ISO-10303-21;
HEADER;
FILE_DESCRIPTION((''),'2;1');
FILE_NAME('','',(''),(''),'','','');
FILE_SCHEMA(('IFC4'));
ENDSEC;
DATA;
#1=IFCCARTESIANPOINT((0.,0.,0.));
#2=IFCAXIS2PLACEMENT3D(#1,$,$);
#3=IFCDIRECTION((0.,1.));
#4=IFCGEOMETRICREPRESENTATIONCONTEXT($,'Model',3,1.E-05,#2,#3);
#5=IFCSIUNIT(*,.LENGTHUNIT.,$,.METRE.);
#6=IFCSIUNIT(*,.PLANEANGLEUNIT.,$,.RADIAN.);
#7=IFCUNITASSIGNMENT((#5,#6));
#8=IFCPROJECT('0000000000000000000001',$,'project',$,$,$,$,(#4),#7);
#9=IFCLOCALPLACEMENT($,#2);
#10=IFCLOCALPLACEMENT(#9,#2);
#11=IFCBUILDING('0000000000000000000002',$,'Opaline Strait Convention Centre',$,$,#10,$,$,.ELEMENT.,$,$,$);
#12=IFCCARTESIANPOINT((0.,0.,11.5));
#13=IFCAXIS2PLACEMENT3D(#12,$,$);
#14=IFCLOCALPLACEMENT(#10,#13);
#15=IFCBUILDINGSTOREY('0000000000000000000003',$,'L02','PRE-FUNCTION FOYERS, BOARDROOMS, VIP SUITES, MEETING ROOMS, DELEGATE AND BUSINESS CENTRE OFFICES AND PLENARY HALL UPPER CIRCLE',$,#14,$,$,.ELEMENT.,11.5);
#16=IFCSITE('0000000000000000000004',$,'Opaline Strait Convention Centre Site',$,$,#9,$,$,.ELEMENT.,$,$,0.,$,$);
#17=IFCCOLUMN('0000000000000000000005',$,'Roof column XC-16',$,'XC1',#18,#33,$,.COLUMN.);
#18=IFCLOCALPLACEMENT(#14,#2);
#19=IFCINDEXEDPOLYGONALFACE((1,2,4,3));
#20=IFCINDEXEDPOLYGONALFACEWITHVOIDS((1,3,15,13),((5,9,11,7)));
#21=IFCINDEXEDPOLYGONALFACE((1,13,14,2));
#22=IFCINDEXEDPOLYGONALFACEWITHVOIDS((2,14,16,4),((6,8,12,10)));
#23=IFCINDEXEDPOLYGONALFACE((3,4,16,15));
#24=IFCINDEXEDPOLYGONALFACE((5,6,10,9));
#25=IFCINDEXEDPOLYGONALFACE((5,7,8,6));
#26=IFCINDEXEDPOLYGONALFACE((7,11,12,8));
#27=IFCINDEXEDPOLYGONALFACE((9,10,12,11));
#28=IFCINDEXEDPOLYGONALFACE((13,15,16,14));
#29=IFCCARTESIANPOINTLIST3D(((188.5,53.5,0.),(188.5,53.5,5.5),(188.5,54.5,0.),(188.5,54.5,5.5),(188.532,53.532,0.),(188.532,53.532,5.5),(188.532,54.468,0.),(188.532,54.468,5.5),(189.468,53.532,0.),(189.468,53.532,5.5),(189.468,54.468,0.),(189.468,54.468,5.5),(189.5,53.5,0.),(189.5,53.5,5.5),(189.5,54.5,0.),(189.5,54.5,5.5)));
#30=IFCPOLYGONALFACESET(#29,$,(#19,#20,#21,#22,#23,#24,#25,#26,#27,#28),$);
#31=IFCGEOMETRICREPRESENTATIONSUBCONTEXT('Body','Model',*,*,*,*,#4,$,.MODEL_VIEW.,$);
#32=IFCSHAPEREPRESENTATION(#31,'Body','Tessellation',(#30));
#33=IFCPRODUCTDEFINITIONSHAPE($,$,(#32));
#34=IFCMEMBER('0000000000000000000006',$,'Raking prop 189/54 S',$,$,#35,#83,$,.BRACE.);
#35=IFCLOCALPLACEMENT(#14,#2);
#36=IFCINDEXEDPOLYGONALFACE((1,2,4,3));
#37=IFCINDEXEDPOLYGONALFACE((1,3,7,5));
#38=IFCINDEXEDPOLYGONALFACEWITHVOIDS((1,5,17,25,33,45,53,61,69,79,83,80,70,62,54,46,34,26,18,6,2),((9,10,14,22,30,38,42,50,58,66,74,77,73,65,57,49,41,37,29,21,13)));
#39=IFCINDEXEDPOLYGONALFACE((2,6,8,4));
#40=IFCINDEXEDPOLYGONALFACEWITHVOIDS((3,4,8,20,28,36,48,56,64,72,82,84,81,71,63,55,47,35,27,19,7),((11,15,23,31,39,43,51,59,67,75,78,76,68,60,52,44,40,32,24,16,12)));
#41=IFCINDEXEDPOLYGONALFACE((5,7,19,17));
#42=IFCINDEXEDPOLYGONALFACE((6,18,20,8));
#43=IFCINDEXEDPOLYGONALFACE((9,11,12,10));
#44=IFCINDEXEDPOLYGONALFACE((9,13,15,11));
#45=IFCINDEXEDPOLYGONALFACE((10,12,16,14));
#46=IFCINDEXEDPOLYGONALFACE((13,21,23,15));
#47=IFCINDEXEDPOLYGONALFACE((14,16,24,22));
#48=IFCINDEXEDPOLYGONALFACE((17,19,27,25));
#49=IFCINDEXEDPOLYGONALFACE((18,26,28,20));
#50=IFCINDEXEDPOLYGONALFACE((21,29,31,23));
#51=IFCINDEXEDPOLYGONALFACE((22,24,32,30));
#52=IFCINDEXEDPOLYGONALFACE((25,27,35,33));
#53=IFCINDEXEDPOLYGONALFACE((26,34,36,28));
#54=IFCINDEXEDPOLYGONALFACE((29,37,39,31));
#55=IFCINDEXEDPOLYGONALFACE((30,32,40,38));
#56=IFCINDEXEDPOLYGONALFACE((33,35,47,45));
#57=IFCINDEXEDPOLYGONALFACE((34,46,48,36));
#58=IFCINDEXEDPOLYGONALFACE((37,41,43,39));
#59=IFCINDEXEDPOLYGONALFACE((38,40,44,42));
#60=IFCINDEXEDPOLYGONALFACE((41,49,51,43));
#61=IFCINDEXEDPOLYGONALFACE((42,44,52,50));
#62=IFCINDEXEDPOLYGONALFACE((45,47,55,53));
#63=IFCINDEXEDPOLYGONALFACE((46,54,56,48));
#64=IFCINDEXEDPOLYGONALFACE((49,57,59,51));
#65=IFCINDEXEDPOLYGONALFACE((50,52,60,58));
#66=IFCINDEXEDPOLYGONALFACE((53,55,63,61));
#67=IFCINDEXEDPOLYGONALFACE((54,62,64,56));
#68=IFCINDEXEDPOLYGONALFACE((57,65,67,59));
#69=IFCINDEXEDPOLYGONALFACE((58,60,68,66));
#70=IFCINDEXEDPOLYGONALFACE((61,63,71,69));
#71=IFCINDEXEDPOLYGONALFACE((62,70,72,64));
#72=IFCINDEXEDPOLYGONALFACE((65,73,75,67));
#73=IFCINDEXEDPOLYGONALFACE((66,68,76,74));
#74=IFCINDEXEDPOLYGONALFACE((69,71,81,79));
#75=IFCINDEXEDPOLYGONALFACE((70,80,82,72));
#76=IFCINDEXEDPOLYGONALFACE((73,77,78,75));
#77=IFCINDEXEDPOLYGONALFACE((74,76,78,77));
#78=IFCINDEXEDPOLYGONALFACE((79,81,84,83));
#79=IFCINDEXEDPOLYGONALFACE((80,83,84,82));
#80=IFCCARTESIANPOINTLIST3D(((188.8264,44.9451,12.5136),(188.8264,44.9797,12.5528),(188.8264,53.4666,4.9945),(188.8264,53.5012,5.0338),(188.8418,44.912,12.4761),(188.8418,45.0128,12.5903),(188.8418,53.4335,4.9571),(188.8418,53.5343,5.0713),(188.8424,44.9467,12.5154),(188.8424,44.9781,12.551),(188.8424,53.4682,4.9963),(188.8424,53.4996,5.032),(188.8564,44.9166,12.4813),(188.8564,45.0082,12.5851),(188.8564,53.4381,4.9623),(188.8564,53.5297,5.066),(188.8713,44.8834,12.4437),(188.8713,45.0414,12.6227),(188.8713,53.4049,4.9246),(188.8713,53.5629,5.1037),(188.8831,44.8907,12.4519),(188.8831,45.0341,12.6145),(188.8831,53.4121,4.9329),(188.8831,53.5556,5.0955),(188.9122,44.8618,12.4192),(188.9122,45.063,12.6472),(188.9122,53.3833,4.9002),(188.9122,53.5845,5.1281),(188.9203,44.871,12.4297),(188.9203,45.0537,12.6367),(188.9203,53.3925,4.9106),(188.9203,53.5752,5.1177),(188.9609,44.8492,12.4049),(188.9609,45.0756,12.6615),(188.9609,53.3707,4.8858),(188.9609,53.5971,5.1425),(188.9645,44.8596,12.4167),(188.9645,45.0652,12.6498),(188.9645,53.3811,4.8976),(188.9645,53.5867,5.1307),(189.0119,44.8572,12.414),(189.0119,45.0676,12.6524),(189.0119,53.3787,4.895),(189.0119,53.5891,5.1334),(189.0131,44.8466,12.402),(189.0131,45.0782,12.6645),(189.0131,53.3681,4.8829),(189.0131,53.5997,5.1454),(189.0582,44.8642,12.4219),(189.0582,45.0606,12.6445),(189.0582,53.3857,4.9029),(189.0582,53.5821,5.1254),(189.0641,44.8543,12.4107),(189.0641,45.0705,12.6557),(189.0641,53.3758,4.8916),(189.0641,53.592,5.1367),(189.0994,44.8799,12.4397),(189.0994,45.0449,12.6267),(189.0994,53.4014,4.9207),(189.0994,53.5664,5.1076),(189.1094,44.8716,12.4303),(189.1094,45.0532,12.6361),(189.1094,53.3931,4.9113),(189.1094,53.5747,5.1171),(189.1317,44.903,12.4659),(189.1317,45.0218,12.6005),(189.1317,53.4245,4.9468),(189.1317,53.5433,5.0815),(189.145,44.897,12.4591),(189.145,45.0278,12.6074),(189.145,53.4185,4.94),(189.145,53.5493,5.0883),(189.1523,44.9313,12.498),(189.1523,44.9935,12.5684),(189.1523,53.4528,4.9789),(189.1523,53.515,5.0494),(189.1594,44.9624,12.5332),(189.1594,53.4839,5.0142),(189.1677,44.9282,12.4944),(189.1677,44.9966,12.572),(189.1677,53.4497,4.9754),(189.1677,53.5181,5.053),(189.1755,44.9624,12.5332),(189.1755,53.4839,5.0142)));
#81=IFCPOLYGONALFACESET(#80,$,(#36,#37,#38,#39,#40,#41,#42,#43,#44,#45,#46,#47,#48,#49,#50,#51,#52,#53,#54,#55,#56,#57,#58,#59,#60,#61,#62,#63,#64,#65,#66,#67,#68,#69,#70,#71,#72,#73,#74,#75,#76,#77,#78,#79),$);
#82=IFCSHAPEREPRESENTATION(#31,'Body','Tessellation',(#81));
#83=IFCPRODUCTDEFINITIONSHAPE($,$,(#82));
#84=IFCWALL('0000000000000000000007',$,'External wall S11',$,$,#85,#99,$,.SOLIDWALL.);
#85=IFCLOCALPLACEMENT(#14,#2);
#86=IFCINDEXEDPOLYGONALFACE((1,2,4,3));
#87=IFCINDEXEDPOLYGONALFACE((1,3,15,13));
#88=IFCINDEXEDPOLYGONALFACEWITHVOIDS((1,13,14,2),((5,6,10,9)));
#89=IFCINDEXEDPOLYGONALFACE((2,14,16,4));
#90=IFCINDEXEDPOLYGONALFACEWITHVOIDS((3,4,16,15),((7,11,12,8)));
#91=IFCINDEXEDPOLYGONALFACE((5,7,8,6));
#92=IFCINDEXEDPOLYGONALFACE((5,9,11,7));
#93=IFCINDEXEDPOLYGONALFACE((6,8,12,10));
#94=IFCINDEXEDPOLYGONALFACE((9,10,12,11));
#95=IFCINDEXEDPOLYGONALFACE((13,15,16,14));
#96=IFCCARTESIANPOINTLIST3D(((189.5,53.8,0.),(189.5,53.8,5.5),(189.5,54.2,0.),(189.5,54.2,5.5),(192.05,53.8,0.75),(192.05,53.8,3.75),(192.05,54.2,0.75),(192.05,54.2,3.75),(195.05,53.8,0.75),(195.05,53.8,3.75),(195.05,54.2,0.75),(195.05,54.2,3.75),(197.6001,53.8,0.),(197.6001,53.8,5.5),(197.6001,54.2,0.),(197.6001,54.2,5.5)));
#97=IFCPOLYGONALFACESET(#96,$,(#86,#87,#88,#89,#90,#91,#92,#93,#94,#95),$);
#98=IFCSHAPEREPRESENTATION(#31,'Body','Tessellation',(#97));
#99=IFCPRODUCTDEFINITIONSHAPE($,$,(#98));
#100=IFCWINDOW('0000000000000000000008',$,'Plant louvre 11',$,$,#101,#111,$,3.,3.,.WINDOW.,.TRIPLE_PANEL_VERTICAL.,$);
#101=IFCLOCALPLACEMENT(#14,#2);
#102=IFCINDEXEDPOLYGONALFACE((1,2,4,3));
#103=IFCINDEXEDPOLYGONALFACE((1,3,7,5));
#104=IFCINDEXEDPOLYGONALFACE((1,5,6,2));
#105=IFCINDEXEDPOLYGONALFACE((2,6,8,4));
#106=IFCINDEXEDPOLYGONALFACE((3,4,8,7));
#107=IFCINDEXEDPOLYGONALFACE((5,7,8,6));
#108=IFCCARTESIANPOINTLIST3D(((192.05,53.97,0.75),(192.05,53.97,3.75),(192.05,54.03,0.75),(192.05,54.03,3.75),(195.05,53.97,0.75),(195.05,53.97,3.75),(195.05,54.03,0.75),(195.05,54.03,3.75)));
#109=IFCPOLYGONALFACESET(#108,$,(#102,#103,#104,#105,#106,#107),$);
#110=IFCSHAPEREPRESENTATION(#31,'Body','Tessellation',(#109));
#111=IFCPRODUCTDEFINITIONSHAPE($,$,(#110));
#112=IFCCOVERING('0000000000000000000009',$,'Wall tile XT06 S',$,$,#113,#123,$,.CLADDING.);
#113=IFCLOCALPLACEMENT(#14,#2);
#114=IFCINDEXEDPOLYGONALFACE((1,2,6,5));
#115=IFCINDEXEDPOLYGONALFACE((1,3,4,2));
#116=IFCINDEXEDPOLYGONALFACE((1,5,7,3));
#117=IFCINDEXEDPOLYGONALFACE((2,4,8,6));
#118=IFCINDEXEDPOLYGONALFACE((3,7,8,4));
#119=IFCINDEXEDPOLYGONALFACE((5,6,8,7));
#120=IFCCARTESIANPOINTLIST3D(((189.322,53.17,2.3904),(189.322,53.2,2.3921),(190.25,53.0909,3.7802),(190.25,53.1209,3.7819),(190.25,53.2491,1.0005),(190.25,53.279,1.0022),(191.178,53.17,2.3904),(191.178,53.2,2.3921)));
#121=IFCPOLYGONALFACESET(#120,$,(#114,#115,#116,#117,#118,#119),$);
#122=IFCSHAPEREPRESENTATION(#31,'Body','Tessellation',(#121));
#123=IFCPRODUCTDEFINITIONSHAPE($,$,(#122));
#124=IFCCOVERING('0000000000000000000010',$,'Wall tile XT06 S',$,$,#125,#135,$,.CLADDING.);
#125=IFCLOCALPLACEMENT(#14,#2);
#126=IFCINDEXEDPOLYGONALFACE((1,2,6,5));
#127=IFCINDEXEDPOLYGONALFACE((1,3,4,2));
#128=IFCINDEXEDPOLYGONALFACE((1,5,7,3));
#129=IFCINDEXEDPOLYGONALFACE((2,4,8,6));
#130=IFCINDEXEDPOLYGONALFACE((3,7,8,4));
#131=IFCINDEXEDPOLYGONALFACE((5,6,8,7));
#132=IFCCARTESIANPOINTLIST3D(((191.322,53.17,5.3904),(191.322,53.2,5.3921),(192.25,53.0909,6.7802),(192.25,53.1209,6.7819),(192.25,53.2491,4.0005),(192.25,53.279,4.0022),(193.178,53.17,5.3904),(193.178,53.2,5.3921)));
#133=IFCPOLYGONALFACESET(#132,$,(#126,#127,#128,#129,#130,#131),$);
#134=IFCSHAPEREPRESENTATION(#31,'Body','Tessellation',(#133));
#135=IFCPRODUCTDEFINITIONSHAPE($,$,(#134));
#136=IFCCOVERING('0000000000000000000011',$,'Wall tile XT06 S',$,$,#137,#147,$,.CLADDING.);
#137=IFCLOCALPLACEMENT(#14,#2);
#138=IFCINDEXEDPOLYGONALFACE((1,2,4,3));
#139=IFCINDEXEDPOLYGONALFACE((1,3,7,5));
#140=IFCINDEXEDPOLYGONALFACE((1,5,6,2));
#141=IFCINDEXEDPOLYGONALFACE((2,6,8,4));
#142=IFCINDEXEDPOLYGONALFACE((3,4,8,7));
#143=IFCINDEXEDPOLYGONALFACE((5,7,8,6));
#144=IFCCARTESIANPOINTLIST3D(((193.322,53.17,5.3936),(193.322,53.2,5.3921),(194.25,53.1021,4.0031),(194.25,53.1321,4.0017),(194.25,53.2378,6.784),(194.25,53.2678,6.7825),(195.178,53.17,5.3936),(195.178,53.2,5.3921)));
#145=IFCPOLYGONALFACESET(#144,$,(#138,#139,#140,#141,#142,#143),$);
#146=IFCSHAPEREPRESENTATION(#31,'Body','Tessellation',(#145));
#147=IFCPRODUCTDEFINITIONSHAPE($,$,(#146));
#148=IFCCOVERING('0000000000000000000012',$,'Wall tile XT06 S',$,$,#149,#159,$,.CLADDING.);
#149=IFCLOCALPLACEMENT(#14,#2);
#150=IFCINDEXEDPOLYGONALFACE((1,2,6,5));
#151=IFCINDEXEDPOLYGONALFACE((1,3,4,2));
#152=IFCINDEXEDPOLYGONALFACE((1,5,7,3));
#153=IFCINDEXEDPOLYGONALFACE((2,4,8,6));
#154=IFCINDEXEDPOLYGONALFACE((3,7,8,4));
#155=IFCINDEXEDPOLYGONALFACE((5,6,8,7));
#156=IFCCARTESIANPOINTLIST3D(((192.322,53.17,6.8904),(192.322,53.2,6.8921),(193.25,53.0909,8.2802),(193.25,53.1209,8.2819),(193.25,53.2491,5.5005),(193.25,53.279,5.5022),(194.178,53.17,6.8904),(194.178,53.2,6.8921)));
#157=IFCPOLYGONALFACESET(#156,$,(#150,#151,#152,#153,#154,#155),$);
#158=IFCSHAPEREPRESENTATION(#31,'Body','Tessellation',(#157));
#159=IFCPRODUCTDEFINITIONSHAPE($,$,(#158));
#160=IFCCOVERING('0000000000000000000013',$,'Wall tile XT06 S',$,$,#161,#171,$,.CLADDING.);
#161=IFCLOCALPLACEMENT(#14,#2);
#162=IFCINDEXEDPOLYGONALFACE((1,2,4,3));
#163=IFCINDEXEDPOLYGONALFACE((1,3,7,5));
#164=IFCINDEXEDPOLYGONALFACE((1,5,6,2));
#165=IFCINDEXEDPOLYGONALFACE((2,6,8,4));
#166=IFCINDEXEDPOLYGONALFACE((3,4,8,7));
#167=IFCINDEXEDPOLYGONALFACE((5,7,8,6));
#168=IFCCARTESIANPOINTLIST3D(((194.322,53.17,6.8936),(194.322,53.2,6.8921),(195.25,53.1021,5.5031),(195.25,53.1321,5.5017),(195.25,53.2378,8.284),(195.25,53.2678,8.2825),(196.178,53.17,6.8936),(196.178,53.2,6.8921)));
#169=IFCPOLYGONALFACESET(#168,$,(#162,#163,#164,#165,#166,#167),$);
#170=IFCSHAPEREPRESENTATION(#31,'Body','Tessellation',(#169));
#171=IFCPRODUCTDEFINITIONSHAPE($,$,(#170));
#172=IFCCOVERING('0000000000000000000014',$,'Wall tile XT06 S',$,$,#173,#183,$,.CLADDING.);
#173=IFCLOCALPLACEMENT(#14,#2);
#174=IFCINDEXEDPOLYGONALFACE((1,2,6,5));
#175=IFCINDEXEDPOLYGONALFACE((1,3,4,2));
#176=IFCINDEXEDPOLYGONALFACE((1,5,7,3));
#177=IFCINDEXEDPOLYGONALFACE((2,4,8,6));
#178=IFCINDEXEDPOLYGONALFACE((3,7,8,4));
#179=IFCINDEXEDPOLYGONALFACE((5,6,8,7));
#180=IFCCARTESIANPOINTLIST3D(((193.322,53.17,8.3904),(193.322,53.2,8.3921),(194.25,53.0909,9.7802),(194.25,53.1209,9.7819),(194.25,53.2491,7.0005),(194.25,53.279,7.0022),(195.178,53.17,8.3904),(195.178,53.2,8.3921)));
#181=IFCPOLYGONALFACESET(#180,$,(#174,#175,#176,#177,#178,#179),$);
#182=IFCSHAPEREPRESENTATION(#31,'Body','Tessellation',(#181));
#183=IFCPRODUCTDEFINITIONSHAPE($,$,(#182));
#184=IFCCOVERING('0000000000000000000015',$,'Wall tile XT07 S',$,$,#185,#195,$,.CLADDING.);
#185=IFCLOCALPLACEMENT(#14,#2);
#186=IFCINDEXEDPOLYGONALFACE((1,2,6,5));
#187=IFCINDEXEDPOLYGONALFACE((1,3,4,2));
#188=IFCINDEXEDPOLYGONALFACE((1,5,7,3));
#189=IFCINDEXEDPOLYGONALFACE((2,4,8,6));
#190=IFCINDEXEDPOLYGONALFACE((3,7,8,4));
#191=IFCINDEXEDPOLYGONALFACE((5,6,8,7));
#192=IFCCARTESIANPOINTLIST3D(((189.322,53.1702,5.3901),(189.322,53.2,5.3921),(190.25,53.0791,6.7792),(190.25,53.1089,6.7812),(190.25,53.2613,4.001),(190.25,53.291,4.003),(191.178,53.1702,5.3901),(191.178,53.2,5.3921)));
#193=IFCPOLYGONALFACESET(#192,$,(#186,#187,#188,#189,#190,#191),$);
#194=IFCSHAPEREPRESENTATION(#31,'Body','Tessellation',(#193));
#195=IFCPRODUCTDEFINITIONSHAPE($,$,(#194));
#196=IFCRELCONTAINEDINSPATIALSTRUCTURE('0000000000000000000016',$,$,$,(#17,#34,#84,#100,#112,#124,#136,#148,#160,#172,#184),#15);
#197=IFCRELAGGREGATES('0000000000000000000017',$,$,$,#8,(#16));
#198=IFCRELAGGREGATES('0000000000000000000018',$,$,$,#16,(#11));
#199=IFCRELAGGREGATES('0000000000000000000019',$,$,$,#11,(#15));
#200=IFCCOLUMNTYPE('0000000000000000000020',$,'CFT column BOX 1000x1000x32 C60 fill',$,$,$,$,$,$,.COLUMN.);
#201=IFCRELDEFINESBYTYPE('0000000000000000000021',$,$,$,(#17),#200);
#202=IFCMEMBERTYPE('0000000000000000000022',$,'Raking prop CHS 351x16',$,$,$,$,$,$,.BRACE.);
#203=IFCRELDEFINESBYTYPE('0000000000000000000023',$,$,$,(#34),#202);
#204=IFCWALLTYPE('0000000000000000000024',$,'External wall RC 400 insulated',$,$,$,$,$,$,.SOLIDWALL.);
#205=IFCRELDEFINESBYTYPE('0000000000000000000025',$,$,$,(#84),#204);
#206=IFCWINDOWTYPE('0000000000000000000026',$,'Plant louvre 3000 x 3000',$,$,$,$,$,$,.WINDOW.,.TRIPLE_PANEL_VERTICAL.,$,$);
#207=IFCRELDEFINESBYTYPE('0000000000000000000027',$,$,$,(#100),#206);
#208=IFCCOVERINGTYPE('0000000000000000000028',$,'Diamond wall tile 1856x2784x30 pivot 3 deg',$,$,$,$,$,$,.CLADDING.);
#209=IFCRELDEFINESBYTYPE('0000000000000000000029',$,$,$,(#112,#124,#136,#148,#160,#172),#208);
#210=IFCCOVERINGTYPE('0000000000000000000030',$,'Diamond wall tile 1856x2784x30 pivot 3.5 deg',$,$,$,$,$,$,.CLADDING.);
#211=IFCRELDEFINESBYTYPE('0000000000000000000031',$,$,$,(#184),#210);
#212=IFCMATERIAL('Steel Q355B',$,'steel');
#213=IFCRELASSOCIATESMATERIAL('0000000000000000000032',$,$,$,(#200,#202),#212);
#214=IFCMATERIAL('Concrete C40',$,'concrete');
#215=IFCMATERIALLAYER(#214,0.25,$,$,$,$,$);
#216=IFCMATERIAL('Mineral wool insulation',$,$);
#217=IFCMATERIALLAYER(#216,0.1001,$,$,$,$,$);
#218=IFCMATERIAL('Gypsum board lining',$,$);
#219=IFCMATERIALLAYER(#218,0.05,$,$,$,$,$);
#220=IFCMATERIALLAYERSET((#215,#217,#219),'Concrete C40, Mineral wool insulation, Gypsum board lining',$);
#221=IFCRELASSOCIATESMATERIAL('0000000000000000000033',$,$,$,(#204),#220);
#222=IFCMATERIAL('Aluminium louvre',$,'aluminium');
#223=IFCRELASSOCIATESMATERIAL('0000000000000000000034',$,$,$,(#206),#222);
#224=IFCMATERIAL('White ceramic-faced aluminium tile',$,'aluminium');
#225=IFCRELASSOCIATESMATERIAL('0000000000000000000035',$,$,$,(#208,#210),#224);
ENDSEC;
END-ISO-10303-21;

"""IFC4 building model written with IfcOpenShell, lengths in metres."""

from ifc_helpers import new_model, si_unit, direction, frame, frame_2d, origin, origin_2d, place, context, subcontext, project, spatial, polyline, rectangle, hollow_rectangle, hollow_circle, outline, extrude, material, layer, layer_set, material_profile, profile_set, type_object, element, fill, save


model = new_model("IFC4")

# Units and contexts
model_context = context("Model", 3, precision=1e-05, world=origin(), true_north=direction((0.0, 1.0)))
body_context = subcontext(model_context, "Body", "Model", "MODEL_VIEW")
ifc_project = project(units=[si_unit("LENGTHUNIT", "METRE"), si_unit("PLANEANGLEUNIT", "RADIAN")], contexts=[model_context])

# Site, building, storey
site_placement = place(None, origin())
site = spatial("IfcSite", under=ifc_project, at=site_placement, Name="Opaline Strait Convention Centre Site", CompositionType="ELEMENT", RefElevation=0.0)
building_placement = place(site_placement, origin())
building = spatial("IfcBuilding", under=site, at=building_placement, Name="Opaline Strait Convention Centre", CompositionType="ELEMENT")
storey_placement = place(building_placement, frame((0.0, 0.0, 11.5)))
storey = spatial("IfcBuildingStorey", under=building, at=storey_placement, Name="L02", Description="PRE-FUNCTION FOYERS, BOARDROOMS, VIP SUITES, MEETING ROOMS, DELEGATE AND BUSINESS CENTRE OFFICES AND PLENARY HALL UPPER CIRCLE", CompositionType="ELEMENT", Elevation=11.5)

# Column
ifc_material_1 = material(Name="Steel Q355B", Category="steel")
ifc_material_profile_1 = material_profile(ifc_material_1, hollow_rectangle(XDim=1.0, YDim=1.0, WallThickness=0.032, at=origin_2d()), Name="BOX 1000x1000x32")
ifc_profile_set_1 = profile_set([ifc_material_profile_1], Name="Steel Q355B")
column_type = type_object("IfcColumnType", Name="CFT column BOX 1000x1000x32 C60 fill", PredefinedType="COLUMN", material=ifc_profile_set_1)
column_placement = place(storey_placement, frame((189.0, 54.0, 0.0), z_axis=(0.0, 0.0, 1.0), x_axis=(1.0, 0.0, 0.0)))
element("IfcColumn", 1, at=column_placement, inside=storey, type_object=column_type, Name="Roof column XC-16", ObjectType="XC1", PredefinedType="COLUMN", context=body_context, shape_type="SweptSolid", body=[
    extrude(hollow_rectangle(XDim=1.0, YDim=1.0, WallThickness=0.032, at=origin_2d()), origin(), (0.0, 0.0, 1.0), 5.5),
])

# Member
ifc_material_profile_2 = material_profile(ifc_material_1, hollow_circle(Radius=0.1755, WallThickness=0.0161, at=origin_2d()), Name="CHS 351x16")
ifc_profile_set_2 = profile_set([ifc_material_profile_2], Name="Steel Q355B")
member_type = type_object("IfcMemberType", Name="Raking prop CHS 351x16", PredefinedType="BRACE", material=ifc_profile_set_2)
member_placement = place(storey_placement, frame((189.0, 53.4839, 5.0142), z_axis=(0.0, -0.749834, 0.661626), x_axis=(1.0, 0.0, 0.0)))
element("IfcMember", 2, at=member_placement, inside=storey, type_object=member_type, Name="Raking prop 189/54 S", PredefinedType="BRACE", context=body_context, shape_type="SweptSolid", body=[
    extrude(hollow_circle(Radius=0.1755, WallThickness=0.0161, at=origin_2d()), origin(), (0.0, 0.0, 1.0), 11.3645),
])

# Wall, opening, window
ifc_material_2 = material(Name="Concrete C40", Category="concrete")
ifc_layer_1 = layer(ifc_material_2, 0.25)
ifc_material_3 = material(Name="Mineral wool insulation")
ifc_layer_2 = layer(ifc_material_3, 0.1001)
ifc_material_4 = material(Name="Gypsum board lining")
ifc_layer_3 = layer(ifc_material_4, 0.05)
ifc_layer_set = layer_set([ifc_layer_1, ifc_layer_2, ifc_layer_3], Name="Concrete C40, Mineral wool insulation, Gypsum board lining")
wall_type = type_object("IfcWallType", Name="External wall RC 400 insulated", PredefinedType="SOLIDWALL", material=ifc_layer_set)
wall_placement = place(storey_placement, frame((189.5, 54.0, 0.0), z_axis=(0.0, 0.0, 1.0), x_axis=(1.0, 0.0, 0.0)))
wall = element("IfcWall", 3, at=wall_placement, inside=storey, type_object=wall_type, Name="External wall S11", PredefinedType="SOLIDWALL", context=body_context, shape_type="SweptSolid", body=[
    extrude(rectangle(XDim=8.1001, YDim=0.3999, at=frame_2d((4.05, 0.0))), origin(), (0.0, 0.0, 1.0), 5.5),
])
opening_placement = place(wall_placement, frame((2.55, 0.0, 0.75)))
opening = element("IfcOpeningElement", 4, at=opening_placement, cuts=wall, PredefinedType="OPENING", context=body_context, shape_type="SweptSolid", body=[
    extrude(rectangle(XDim=3.0, YDim=3.0, at=frame_2d((1.5, 1.5))), frame((0.0, 0.21, 0.0), z_axis=(0.0, -1.0, 0.0), x_axis=(1.0, 0.0, 0.0)), (0.0, 0.0, 1.0), 0.4199),
])
ifc_material_5 = material(Name="Aluminium louvre", Category="aluminium")
window_type = type_object("IfcWindowType", Name="Plant louvre 3000 x 3000", PartitioningType="TRIPLE_PANEL_VERTICAL", PredefinedType="WINDOW", material=ifc_material_5)
window_placement = place(opening_placement, origin())
window = element("IfcWindow", 5, at=window_placement, inside=storey, type_object=window_type, Name="Plant louvre 11", OverallHeight=3.0, OverallWidth=3.0, PartitioningType="TRIPLE_PANEL_VERTICAL", PredefinedType="WINDOW", context=body_context, shape_type="SweptSolid", body=[
    extrude(rectangle(XDim=3.0, YDim=3.0, at=frame_2d((1.5, 1.5))), frame((0.0, 0.03, 0.0), z_axis=(0.0, -1.0, 0.0), x_axis=(1.0, 0.0, 0.0)), (0.0, 0.0, 1.0), 0.0601),
])
fill(opening, window)

# Coverings
ifc_material_6 = material(Name="White ceramic-faced aluminium tile", Category="aluminium")
ifc_material_profile_3 = material_profile(ifc_material_6, outline(polyline([(0.928, 0.0), (0.0, 1.3921), (-0.928, 0.0), (0.0, -1.3921), (0.928, 0.0)])), Name="Diamond tile 1856x2784")
ifc_profile_set_3 = profile_set([ifc_material_profile_3], Name="White ceramic-faced aluminium tile")
covering_type_1 = type_object("IfcCoveringType", Name="Diamond wall tile 1856x2784x30 pivot 3 deg", PredefinedType="CLADDING", material=ifc_profile_set_3)
for number, where, z_axis, x_axis, name in (
    (6, (190.25, 53.2, 2.3921), (0.0, -0.998385, -0.056819), (1.0, 0.0, 0.0), "Wall tile XT06 S"),
    (7, (192.25, 53.2, 5.3921), (0.0, -0.998385, -0.056819), (1.0, 0.0, 0.0), "Wall tile XT06 S"),
    (8, (194.25, 53.2, 5.3921), (0.0, -0.998812, 0.048723), (1.0, 0.0, 0.0), "Wall tile XT06 S"),
    (9, (193.25, 53.2, 6.8921), (0.0, -0.998385, -0.056819), (1.0, 0.0, 0.0), "Wall tile XT06 S"),
    (10, (195.25, 53.2, 6.8921), (0.0, -0.998812, 0.048723), (1.0, 0.0, 0.0), "Wall tile XT06 S"),
    (11, (194.25, 53.2, 8.3921), (0.0, -0.998385, -0.056819), (1.0, 0.0, 0.0), "Wall tile XT06 S"),
):
    element("IfcCovering", number, at=place(storey_placement, frame(where, z_axis=z_axis, x_axis=x_axis)), inside=storey, type_object=covering_type_1, Name=name, PredefinedType="CLADDING", context=body_context, shape_type="SweptSolid", body=[
        extrude(outline(polyline([(0.928, 0.0), (0.0, 1.3921), (-0.928, 0.0), (0.0, -1.3921), (0.928, 0.0)])), origin(), (0.0, 0.0, 1.0), 0.03),
    ])
ifc_material_profile_4 = material_profile(ifc_material_6, outline(polyline([(0.928, 0.0), (0.0, 1.3921), (-0.928, 0.0), (0.0, -1.3921), (0.928, 0.0)])), Name="Diamond tile 1856x2784")
ifc_profile_set_4 = profile_set([ifc_material_profile_4], Name="White ceramic-faced aluminium tile")
covering_type_2 = type_object("IfcCoveringType", Name="Diamond wall tile 1856x2784x30 pivot 3.5 deg", PredefinedType="CLADDING", material=ifc_profile_set_4)
for number, where, z_axis, x_axis, name in (
    (12, (190.25, 53.2, 5.3921), (0.0, -0.997857, -0.065433), (1.0, 0.0, 0.0), "Wall tile XT07 S"),
):
    element("IfcCovering", number, at=place(storey_placement, frame(where, z_axis=z_axis, x_axis=x_axis)), inside=storey, type_object=covering_type_2, Name=name, PredefinedType="CLADDING", context=body_context, shape_type="SweptSolid", body=[
        extrude(outline(polyline([(0.928, 0.0), (0.0, 1.3921), (-0.928, 0.0), (0.0, -1.3921), (0.928, 0.0)])), origin(), (0.0, 0.0, 1.0), 0.0298),
    ])

save(model, "model.ifc")
